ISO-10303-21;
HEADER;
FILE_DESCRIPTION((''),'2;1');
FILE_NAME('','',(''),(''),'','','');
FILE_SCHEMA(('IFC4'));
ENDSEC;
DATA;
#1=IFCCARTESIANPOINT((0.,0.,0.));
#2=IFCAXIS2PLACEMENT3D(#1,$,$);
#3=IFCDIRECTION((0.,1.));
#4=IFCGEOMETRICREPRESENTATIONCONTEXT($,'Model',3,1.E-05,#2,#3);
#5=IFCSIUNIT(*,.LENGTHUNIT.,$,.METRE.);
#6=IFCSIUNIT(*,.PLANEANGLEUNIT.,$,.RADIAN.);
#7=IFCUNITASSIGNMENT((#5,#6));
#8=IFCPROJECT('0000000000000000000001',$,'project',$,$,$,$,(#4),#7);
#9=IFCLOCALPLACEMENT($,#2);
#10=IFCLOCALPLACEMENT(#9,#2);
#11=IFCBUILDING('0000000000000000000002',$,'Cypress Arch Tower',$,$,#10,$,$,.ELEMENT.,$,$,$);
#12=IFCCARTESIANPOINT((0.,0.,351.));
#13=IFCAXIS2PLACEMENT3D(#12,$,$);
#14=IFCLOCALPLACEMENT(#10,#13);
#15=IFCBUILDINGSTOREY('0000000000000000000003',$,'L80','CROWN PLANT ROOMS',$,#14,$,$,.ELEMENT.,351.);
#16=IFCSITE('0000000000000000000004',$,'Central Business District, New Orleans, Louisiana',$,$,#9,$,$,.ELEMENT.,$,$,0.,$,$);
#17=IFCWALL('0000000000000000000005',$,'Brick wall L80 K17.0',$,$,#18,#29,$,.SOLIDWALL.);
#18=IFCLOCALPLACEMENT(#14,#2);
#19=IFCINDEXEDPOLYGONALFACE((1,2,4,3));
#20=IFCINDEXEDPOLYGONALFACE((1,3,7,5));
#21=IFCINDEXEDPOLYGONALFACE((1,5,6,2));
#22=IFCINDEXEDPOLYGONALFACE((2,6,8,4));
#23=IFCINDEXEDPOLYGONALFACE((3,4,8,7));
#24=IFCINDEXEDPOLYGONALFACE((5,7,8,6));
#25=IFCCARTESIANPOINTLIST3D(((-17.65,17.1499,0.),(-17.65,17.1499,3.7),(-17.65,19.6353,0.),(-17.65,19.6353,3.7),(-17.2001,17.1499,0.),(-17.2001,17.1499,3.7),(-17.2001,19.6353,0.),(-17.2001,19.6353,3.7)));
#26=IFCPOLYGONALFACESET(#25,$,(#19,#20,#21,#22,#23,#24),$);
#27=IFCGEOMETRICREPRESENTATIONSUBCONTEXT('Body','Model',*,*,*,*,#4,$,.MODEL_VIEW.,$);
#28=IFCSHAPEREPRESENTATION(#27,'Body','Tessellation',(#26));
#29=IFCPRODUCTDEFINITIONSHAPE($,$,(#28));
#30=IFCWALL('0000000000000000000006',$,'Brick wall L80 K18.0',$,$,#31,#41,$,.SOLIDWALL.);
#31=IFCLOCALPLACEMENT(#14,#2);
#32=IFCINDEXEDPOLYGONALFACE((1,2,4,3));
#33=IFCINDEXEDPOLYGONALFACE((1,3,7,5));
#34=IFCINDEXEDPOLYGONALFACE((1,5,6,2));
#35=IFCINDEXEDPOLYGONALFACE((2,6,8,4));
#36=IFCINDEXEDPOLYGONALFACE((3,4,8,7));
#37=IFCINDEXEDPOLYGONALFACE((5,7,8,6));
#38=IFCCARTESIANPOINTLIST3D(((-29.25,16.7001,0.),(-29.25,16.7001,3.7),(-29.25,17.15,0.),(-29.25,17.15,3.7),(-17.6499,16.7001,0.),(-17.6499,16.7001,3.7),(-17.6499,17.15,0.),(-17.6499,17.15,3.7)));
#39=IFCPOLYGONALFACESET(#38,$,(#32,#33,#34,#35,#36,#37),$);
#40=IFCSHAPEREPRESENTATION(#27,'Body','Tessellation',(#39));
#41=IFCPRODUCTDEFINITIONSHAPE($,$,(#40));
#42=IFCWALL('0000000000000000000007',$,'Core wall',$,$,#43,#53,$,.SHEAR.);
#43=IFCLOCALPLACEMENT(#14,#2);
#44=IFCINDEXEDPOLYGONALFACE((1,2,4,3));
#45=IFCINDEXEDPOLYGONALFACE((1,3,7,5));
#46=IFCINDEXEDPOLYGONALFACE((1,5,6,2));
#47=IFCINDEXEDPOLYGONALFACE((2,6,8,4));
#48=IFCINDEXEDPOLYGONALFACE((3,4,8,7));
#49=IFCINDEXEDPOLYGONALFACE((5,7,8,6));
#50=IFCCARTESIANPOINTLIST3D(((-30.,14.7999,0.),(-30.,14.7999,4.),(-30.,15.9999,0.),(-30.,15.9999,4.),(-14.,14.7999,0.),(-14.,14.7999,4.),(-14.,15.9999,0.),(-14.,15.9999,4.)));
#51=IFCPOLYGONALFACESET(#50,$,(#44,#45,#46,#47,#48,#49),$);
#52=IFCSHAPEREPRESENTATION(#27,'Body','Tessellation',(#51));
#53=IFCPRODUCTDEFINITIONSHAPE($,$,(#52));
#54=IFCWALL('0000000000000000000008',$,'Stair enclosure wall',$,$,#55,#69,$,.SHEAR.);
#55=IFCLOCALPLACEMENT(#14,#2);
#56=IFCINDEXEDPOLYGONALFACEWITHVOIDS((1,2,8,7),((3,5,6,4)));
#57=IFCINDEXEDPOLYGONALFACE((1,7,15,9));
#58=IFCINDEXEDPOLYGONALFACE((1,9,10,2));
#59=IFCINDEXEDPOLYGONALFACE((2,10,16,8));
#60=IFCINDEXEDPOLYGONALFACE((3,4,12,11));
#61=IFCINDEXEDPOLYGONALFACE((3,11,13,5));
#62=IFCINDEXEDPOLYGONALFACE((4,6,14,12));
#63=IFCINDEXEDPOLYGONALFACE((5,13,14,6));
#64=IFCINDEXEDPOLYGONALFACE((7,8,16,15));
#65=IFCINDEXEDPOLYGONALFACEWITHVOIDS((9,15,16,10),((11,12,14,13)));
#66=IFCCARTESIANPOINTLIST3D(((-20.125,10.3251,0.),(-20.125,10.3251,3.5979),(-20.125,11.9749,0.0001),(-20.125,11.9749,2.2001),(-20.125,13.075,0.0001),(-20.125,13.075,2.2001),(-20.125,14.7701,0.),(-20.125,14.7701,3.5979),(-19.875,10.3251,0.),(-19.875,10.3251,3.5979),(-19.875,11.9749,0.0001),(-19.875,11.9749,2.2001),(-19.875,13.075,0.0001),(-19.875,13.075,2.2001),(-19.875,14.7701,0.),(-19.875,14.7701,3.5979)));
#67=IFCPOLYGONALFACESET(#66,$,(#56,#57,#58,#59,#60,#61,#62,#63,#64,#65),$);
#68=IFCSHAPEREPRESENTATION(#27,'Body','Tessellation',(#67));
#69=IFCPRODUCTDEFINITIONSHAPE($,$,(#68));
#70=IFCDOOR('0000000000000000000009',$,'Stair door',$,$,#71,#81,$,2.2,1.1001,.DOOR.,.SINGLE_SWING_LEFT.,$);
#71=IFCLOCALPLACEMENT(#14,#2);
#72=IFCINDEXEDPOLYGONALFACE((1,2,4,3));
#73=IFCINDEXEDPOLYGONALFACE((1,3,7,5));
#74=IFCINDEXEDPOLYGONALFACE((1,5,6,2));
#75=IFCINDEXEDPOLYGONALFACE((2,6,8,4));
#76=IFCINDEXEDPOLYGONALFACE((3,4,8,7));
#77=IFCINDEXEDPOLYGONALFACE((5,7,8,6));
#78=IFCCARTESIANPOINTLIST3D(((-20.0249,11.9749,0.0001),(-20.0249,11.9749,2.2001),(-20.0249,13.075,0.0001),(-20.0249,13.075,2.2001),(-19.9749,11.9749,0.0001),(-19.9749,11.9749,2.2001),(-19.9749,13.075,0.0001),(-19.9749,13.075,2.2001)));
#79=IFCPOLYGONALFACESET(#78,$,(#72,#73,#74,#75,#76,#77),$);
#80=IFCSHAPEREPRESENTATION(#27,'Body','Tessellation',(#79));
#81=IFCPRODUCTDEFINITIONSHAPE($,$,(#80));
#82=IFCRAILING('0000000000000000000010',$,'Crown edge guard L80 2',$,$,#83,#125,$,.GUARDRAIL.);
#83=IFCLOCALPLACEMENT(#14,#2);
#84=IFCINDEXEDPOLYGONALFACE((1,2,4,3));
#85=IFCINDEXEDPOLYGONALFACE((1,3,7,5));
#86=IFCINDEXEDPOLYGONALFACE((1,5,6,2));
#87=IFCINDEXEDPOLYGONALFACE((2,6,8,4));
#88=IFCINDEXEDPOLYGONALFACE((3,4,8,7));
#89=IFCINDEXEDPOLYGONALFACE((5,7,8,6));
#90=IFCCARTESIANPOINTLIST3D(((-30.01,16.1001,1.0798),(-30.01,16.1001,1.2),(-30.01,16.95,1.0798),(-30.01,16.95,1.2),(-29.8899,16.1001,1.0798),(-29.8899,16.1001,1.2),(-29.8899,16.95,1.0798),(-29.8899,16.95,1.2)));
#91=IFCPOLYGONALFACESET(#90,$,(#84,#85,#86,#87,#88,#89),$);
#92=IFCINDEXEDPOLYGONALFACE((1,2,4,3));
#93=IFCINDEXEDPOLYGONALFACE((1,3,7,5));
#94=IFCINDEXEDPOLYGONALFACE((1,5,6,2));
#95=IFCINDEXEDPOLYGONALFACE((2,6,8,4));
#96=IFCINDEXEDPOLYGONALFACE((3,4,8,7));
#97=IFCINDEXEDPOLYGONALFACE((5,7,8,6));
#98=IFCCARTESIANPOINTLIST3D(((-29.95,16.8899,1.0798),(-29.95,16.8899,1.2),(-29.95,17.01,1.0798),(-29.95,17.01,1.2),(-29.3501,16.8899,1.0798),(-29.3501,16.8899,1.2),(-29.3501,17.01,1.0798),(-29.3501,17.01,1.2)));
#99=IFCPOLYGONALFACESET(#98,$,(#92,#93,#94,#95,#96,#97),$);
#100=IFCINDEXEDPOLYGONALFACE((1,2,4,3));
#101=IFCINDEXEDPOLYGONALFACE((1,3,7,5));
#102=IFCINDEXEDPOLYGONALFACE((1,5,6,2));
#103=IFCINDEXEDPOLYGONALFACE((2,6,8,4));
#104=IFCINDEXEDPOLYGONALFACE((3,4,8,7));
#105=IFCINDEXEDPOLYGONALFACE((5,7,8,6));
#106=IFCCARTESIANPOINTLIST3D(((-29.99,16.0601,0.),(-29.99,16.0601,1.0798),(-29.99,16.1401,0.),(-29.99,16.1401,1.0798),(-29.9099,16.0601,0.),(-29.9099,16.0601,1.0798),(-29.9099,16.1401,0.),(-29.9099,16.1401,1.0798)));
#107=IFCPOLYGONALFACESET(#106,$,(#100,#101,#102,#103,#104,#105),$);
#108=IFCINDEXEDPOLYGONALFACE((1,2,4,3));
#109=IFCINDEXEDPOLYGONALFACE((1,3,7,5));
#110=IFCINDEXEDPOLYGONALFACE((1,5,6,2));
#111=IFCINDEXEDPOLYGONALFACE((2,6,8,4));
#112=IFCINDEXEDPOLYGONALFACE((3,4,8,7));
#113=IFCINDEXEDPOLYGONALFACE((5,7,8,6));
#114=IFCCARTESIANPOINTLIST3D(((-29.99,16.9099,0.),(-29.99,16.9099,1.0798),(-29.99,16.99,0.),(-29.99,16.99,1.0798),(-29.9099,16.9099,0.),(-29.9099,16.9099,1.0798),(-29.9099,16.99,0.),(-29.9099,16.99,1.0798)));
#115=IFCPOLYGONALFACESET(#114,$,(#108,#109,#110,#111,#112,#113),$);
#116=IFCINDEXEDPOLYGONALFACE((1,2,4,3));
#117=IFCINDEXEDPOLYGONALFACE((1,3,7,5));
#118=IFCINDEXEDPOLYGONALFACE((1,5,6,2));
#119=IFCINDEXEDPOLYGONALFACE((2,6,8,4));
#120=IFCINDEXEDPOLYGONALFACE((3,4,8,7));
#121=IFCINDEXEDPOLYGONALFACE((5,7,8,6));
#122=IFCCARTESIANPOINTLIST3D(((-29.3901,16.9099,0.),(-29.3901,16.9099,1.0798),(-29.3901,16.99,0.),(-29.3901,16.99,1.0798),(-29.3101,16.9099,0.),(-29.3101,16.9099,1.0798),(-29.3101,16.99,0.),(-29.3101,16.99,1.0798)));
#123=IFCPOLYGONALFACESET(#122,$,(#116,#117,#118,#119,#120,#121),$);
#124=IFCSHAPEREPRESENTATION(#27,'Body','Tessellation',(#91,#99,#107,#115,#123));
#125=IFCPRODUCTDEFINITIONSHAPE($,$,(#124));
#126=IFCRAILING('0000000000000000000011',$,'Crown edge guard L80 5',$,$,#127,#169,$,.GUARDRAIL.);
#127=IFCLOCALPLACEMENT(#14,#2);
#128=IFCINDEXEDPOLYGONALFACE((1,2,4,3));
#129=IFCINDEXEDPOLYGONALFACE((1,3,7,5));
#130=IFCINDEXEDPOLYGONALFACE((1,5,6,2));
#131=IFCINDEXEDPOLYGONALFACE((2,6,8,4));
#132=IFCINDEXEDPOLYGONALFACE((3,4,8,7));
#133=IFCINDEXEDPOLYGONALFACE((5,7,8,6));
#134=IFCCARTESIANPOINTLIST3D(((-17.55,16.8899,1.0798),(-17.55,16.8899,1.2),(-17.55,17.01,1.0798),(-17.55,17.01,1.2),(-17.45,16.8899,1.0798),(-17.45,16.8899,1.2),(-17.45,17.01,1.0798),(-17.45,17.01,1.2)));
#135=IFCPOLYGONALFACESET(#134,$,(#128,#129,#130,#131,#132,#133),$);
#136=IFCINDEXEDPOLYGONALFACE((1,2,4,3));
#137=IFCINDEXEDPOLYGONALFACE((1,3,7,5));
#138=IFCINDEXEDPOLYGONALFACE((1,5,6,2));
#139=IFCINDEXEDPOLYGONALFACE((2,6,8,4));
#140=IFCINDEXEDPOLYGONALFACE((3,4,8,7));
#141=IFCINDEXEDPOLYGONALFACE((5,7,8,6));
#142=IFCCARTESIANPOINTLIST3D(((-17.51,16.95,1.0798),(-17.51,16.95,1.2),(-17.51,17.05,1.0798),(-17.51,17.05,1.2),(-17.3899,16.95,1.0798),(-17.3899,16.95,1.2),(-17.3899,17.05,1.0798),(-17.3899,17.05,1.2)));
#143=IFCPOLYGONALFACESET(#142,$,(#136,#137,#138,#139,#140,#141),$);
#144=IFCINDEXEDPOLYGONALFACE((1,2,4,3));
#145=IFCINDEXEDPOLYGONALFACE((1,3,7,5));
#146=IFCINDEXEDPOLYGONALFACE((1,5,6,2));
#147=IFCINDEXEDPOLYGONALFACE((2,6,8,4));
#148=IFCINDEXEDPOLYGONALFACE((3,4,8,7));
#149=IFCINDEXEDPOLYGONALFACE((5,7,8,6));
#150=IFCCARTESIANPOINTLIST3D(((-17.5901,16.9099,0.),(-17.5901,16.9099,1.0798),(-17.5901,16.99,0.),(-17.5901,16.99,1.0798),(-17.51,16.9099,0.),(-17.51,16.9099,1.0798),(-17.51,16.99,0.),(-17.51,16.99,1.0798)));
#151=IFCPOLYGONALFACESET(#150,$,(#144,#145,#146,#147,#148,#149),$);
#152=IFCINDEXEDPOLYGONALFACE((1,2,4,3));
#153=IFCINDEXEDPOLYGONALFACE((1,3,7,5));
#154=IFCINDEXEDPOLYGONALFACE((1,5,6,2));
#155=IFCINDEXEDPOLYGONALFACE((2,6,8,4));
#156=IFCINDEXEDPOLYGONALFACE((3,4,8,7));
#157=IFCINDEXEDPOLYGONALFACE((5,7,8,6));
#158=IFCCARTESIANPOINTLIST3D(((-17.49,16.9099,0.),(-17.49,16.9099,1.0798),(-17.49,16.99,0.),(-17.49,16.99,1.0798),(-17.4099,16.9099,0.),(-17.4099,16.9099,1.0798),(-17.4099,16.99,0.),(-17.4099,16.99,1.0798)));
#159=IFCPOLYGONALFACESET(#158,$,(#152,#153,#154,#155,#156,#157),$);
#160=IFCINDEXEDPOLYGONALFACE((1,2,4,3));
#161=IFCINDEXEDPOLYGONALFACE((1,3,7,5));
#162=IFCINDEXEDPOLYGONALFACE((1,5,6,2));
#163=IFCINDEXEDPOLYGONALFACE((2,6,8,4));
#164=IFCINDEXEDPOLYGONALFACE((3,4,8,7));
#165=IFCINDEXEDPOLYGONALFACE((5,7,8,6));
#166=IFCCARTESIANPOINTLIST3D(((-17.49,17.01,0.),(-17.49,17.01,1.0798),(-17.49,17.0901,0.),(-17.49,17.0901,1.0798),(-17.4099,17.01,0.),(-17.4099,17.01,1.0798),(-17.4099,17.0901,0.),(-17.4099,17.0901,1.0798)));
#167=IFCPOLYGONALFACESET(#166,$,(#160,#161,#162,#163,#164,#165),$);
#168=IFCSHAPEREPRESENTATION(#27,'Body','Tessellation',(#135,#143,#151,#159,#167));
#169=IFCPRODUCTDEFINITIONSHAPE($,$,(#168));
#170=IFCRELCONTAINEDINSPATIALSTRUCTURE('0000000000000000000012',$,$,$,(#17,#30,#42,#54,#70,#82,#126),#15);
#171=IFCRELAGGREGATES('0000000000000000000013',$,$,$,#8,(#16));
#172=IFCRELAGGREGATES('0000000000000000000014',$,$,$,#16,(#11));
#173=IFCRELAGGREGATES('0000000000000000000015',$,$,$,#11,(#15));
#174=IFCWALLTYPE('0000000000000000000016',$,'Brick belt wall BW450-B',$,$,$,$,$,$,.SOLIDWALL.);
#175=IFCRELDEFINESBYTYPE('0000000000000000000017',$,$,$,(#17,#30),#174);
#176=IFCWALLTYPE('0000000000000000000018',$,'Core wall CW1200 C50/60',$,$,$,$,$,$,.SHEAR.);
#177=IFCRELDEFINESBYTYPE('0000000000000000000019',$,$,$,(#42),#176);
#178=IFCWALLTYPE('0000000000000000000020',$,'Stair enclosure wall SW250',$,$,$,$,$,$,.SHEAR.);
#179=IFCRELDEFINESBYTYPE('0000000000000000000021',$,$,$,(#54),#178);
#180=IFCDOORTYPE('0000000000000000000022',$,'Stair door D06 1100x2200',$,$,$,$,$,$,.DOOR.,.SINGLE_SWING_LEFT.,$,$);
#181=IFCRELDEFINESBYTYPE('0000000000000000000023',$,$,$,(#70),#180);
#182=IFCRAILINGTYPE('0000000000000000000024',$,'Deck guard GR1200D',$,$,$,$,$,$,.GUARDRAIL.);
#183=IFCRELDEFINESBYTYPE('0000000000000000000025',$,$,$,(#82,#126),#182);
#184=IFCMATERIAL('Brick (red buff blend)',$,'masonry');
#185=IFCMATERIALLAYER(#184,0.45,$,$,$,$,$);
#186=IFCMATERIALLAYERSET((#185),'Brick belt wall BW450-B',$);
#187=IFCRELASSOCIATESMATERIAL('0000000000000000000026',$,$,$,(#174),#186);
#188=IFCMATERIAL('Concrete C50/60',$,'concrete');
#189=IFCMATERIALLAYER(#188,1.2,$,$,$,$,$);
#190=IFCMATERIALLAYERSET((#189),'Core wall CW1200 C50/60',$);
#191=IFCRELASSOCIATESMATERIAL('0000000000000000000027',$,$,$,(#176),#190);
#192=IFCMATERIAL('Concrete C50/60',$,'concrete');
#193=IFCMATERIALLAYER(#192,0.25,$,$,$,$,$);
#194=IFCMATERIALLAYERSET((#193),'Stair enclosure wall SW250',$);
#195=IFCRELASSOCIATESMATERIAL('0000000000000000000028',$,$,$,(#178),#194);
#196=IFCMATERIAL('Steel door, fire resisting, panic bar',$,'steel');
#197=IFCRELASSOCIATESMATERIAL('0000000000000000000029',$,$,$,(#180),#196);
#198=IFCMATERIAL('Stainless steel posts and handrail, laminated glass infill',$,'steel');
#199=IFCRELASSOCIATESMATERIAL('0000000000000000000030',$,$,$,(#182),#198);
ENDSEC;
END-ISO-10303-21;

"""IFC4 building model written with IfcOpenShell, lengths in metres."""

from ifc_helpers import new_model, si_unit, direction, frame, frame_2d, origin, origin_2d, place, context, subcontext, project, spatial, rectangle, extrude, material, layer, layer_set, type_object, element, fill, save


model = new_model("IFC4")

# Units and contexts
model_context = context("Model", 3, precision=1e-05, world=origin(), true_north=direction((0.0, 1.0)))
body_context = subcontext(model_context, "Body", "Model", "MODEL_VIEW")
ifc_project = project(units=[si_unit("LENGTHUNIT", "METRE"), si_unit("PLANEANGLEUNIT", "RADIAN")], contexts=[model_context])

# Site, building, storey
site_placement = place(None, origin())
site = spatial("IfcSite", under=ifc_project, at=site_placement, Name="Central Business District, New Orleans, Louisiana", CompositionType="ELEMENT", RefElevation=0.0)
building_placement = place(site_placement, origin())
building = spatial("IfcBuilding", under=site, at=building_placement, Name="Cypress Arch Tower", CompositionType="ELEMENT")
storey_placement = place(building_placement, frame((0.0, 0.0, 351.0)))
storey = spatial("IfcBuildingStorey", under=building, at=storey_placement, Name="L80", Description="CROWN PLANT ROOMS", CompositionType="ELEMENT", Elevation=351.0)

# Walls
ifc_material_1 = material(Name="Brick (red buff blend)", Category="masonry")
ifc_layer_1 = layer(ifc_material_1, 0.45)
ifc_layer_set_1 = layer_set([ifc_layer_1], Name="Brick belt wall BW450-B")
wall_type_1 = type_object("IfcWallType", Name="Brick belt wall BW450-B", PredefinedType="SOLIDWALL", material=ifc_layer_set_1)
wall_1_placement = place(storey_placement, frame((-17.425, 19.6353, 0.0), z_axis=(0.0, 0.0, 1.0), x_axis=(0.0, -1.0, 0.0)))
element("IfcWall", 1, at=wall_1_placement, inside=storey, type_object=wall_type_1, Name="Brick wall L80 K17.0", PredefinedType="SOLIDWALL", context=body_context, shape_type="SweptSolid", body=[
    extrude(rectangle(XDim=2.4854, YDim=0.45, at=frame_2d((1.2427, 0.0))), origin(), (0.0, 0.0, 1.0), 3.7),
])
wall_2_placement = place(storey_placement, frame((-17.6499, 16.925, 0.0), z_axis=(0.0, 0.0, 1.0), x_axis=(-1.0, 0.0, 0.0)))
element("IfcWall", 2, at=wall_2_placement, inside=storey, type_object=wall_type_1, Name="Brick wall L80 K18.0", PredefinedType="SOLIDWALL", context=body_context, shape_type="SweptSolid", body=[
    extrude(rectangle(XDim=11.6001, YDim=0.45, at=frame_2d((5.8, 0.0))), origin(), (0.0, 0.0, 1.0), 3.7),
])
ifc_material_2 = material(Name="Concrete C50/60", Category="concrete")
ifc_layer_2 = layer(ifc_material_2, 1.2)
ifc_layer_set_2 = layer_set([ifc_layer_2], Name="Core wall CW1200 C50/60")
wall_type_2 = type_object("IfcWallType", Name="Core wall CW1200 C50/60", PredefinedType="SHEAR", material=ifc_layer_set_2)
wall_3_placement = place(storey_placement, frame((-30.0, 15.3999, 0.0), z_axis=(0.0, 0.0, 1.0), x_axis=(1.0, 0.0, 0.0)))
element("IfcWall", 3, at=wall_3_placement, inside=storey, type_object=wall_type_2, Name="Core wall", PredefinedType="SHEAR", context=body_context, shape_type="SweptSolid", body=[
    extrude(rectangle(XDim=16.0, YDim=1.2, at=frame_2d((8.0, 0.0))), origin(), (0.0, 0.0, 1.0), 4.0),
])

# Wall, opening, door
ifc_material_3 = material(Name="Concrete C50/60", Category="concrete")
ifc_layer_3 = layer(ifc_material_3, 0.25)
ifc_layer_set_3 = layer_set([ifc_layer_3], Name="Stair enclosure wall SW250")
wall_type_3 = type_object("IfcWallType", Name="Stair enclosure wall SW250", PredefinedType="SHEAR", material=ifc_layer_set_3)
wall_4_placement = place(storey_placement, frame((-20.0, 10.325, 0.0), z_axis=(0.0, 0.0, 1.0), x_axis=(0.0, 1.0, 0.0)))
wall_4 = element("IfcWall", 4, at=wall_4_placement, inside=storey, type_object=wall_type_3, Name="Stair enclosure wall", PredefinedType="SHEAR", context=body_context, shape_type="SweptSolid", body=[
    extrude(rectangle(XDim=4.4451, YDim=0.25, at=frame_2d((2.2227, 0.0))), origin(), (0.0, 0.0, 1.0), 3.5979),
])
opening_1_placement = place(wall_4_placement, frame((1.6499, 0.0, 0.0)))
opening_1 = element("IfcOpeningElement", 5, at=opening_1_placement, cuts=wall_4, PredefinedType="OPENING", context=body_context, shape_type="SweptSolid", body=[
    extrude(rectangle(XDim=1.1001, YDim=2.2, at=frame_2d((0.55, 1.1001))), frame((0.0, 0.135, 0.0), z_axis=(0.0, -1.0, 0.0), x_axis=(1.0, 0.0, 0.0)), (0.0, 0.0, 1.0), 0.27),
])
ifc_material_4 = material(Name="Steel door, fire resisting, panic bar", Category="steel")
door_type_1 = type_object("IfcDoorType", Name="Stair door D06 1100x2200", OperationType="SINGLE_SWING_LEFT", PredefinedType="DOOR", material=ifc_material_4)
door_1_placement = place(opening_1_placement, origin())
door_1 = element("IfcDoor", 6, at=door_1_placement, inside=storey, type_object=door_type_1, Name="Stair door", OperationType="SINGLE_SWING_LEFT", OverallHeight=2.2, OverallWidth=1.1001, PredefinedType="DOOR", context=body_context, shape_type="SweptSolid", body=[
    extrude(rectangle(XDim=1.1001, YDim=2.2, at=frame_2d((0.55, 1.1001))), frame((0.0, 0.0249, 0.0), z_axis=(0.0, -1.0, 0.0), x_axis=(1.0, 0.0, 0.0)), (0.0, 0.0, 1.0), 0.05),
])
fill(opening_1, door_1)

# Railings
ifc_material_5 = material(Name="Stainless steel posts and handrail, laminated glass infill", Category="steel")
railing_type_1 = type_object("IfcRailingType", Name="Deck guard GR1200D", PredefinedType="GUARDRAIL", material=ifc_material_5)
railing_1_placement = place(storey_placement, frame((-29.95, 16.1001, 0.0)))
element("IfcRailing", 7, at=railing_1_placement, inside=storey, type_object=railing_type_1, Name="Crown edge guard L80 2", PredefinedType="GUARDRAIL", context=body_context, shape_type="SweptSolid", body=[
    extrude(rectangle(XDim=0.1201, YDim=0.1201, at=origin_2d()), frame((0.0, 0.0, 1.1399), z_axis=(0.0, 1.0, 0.0), x_axis=(-1.0, 0.0, 0.0)), (0.0, 0.0, 1.0), 0.8499),
    extrude(rectangle(XDim=0.1201, YDim=0.1201, at=origin_2d()), frame((0.0, 0.8499, 1.1399), z_axis=(1.0, 0.0, 0.0), x_axis=(0.0, 1.0, 0.0)), (0.0, 0.0, 1.0), 0.5999),
    extrude(rectangle(XDim=0.0801, YDim=0.0801, at=origin_2d()), origin(), (0.0, 0.0, 1.0), 1.0798),
    extrude(rectangle(XDim=0.0801, YDim=0.0801, at=origin_2d()), frame((0.0, 0.8499, 0.0)), (0.0, 0.0, 1.0), 1.0798),
    extrude(rectangle(XDim=0.0801, YDim=0.0801, at=origin_2d()), frame((0.5999, 0.8499, 0.0)), (0.0, 0.0, 1.0), 1.0798),
])
railing_2_placement = place(storey_placement, frame((-17.55, 16.95, 0.0)))
element("IfcRailing", 8, at=railing_2_placement, inside=storey, type_object=railing_type_1, Name="Crown edge guard L80 5", PredefinedType="GUARDRAIL", context=body_context, shape_type="SweptSolid", body=[
    extrude(rectangle(XDim=0.1201, YDim=0.1201, at=origin_2d()), frame((0.0, 0.0, 1.1399), z_axis=(1.0, 0.0, 0.0), x_axis=(0.0, 1.0, 0.0)), (0.0, 0.0, 1.0), 0.1001),
    extrude(rectangle(XDim=0.1201, YDim=0.1201, at=origin_2d()), frame((0.1001, 0.0, 1.1399), z_axis=(0.0, 1.0, 0.0), x_axis=(-1.0, 0.0, 0.0)), (0.0, 0.0, 1.0), 0.1001),
    extrude(rectangle(XDim=0.0801, YDim=0.0801, at=origin_2d()), origin(), (0.0, 0.0, 1.0), 1.0798),
    extrude(rectangle(XDim=0.0801, YDim=0.0801, at=origin_2d()), frame((0.1001, 0.0, 0.0)), (0.0, 0.0, 1.0), 1.0798),
    extrude(rectangle(XDim=0.0801, YDim=0.0801, at=origin_2d()), frame((0.1001, 0.1001, 0.0)), (0.0, 0.0, 1.0), 1.0798),
])

save(model, "model.ifc")
